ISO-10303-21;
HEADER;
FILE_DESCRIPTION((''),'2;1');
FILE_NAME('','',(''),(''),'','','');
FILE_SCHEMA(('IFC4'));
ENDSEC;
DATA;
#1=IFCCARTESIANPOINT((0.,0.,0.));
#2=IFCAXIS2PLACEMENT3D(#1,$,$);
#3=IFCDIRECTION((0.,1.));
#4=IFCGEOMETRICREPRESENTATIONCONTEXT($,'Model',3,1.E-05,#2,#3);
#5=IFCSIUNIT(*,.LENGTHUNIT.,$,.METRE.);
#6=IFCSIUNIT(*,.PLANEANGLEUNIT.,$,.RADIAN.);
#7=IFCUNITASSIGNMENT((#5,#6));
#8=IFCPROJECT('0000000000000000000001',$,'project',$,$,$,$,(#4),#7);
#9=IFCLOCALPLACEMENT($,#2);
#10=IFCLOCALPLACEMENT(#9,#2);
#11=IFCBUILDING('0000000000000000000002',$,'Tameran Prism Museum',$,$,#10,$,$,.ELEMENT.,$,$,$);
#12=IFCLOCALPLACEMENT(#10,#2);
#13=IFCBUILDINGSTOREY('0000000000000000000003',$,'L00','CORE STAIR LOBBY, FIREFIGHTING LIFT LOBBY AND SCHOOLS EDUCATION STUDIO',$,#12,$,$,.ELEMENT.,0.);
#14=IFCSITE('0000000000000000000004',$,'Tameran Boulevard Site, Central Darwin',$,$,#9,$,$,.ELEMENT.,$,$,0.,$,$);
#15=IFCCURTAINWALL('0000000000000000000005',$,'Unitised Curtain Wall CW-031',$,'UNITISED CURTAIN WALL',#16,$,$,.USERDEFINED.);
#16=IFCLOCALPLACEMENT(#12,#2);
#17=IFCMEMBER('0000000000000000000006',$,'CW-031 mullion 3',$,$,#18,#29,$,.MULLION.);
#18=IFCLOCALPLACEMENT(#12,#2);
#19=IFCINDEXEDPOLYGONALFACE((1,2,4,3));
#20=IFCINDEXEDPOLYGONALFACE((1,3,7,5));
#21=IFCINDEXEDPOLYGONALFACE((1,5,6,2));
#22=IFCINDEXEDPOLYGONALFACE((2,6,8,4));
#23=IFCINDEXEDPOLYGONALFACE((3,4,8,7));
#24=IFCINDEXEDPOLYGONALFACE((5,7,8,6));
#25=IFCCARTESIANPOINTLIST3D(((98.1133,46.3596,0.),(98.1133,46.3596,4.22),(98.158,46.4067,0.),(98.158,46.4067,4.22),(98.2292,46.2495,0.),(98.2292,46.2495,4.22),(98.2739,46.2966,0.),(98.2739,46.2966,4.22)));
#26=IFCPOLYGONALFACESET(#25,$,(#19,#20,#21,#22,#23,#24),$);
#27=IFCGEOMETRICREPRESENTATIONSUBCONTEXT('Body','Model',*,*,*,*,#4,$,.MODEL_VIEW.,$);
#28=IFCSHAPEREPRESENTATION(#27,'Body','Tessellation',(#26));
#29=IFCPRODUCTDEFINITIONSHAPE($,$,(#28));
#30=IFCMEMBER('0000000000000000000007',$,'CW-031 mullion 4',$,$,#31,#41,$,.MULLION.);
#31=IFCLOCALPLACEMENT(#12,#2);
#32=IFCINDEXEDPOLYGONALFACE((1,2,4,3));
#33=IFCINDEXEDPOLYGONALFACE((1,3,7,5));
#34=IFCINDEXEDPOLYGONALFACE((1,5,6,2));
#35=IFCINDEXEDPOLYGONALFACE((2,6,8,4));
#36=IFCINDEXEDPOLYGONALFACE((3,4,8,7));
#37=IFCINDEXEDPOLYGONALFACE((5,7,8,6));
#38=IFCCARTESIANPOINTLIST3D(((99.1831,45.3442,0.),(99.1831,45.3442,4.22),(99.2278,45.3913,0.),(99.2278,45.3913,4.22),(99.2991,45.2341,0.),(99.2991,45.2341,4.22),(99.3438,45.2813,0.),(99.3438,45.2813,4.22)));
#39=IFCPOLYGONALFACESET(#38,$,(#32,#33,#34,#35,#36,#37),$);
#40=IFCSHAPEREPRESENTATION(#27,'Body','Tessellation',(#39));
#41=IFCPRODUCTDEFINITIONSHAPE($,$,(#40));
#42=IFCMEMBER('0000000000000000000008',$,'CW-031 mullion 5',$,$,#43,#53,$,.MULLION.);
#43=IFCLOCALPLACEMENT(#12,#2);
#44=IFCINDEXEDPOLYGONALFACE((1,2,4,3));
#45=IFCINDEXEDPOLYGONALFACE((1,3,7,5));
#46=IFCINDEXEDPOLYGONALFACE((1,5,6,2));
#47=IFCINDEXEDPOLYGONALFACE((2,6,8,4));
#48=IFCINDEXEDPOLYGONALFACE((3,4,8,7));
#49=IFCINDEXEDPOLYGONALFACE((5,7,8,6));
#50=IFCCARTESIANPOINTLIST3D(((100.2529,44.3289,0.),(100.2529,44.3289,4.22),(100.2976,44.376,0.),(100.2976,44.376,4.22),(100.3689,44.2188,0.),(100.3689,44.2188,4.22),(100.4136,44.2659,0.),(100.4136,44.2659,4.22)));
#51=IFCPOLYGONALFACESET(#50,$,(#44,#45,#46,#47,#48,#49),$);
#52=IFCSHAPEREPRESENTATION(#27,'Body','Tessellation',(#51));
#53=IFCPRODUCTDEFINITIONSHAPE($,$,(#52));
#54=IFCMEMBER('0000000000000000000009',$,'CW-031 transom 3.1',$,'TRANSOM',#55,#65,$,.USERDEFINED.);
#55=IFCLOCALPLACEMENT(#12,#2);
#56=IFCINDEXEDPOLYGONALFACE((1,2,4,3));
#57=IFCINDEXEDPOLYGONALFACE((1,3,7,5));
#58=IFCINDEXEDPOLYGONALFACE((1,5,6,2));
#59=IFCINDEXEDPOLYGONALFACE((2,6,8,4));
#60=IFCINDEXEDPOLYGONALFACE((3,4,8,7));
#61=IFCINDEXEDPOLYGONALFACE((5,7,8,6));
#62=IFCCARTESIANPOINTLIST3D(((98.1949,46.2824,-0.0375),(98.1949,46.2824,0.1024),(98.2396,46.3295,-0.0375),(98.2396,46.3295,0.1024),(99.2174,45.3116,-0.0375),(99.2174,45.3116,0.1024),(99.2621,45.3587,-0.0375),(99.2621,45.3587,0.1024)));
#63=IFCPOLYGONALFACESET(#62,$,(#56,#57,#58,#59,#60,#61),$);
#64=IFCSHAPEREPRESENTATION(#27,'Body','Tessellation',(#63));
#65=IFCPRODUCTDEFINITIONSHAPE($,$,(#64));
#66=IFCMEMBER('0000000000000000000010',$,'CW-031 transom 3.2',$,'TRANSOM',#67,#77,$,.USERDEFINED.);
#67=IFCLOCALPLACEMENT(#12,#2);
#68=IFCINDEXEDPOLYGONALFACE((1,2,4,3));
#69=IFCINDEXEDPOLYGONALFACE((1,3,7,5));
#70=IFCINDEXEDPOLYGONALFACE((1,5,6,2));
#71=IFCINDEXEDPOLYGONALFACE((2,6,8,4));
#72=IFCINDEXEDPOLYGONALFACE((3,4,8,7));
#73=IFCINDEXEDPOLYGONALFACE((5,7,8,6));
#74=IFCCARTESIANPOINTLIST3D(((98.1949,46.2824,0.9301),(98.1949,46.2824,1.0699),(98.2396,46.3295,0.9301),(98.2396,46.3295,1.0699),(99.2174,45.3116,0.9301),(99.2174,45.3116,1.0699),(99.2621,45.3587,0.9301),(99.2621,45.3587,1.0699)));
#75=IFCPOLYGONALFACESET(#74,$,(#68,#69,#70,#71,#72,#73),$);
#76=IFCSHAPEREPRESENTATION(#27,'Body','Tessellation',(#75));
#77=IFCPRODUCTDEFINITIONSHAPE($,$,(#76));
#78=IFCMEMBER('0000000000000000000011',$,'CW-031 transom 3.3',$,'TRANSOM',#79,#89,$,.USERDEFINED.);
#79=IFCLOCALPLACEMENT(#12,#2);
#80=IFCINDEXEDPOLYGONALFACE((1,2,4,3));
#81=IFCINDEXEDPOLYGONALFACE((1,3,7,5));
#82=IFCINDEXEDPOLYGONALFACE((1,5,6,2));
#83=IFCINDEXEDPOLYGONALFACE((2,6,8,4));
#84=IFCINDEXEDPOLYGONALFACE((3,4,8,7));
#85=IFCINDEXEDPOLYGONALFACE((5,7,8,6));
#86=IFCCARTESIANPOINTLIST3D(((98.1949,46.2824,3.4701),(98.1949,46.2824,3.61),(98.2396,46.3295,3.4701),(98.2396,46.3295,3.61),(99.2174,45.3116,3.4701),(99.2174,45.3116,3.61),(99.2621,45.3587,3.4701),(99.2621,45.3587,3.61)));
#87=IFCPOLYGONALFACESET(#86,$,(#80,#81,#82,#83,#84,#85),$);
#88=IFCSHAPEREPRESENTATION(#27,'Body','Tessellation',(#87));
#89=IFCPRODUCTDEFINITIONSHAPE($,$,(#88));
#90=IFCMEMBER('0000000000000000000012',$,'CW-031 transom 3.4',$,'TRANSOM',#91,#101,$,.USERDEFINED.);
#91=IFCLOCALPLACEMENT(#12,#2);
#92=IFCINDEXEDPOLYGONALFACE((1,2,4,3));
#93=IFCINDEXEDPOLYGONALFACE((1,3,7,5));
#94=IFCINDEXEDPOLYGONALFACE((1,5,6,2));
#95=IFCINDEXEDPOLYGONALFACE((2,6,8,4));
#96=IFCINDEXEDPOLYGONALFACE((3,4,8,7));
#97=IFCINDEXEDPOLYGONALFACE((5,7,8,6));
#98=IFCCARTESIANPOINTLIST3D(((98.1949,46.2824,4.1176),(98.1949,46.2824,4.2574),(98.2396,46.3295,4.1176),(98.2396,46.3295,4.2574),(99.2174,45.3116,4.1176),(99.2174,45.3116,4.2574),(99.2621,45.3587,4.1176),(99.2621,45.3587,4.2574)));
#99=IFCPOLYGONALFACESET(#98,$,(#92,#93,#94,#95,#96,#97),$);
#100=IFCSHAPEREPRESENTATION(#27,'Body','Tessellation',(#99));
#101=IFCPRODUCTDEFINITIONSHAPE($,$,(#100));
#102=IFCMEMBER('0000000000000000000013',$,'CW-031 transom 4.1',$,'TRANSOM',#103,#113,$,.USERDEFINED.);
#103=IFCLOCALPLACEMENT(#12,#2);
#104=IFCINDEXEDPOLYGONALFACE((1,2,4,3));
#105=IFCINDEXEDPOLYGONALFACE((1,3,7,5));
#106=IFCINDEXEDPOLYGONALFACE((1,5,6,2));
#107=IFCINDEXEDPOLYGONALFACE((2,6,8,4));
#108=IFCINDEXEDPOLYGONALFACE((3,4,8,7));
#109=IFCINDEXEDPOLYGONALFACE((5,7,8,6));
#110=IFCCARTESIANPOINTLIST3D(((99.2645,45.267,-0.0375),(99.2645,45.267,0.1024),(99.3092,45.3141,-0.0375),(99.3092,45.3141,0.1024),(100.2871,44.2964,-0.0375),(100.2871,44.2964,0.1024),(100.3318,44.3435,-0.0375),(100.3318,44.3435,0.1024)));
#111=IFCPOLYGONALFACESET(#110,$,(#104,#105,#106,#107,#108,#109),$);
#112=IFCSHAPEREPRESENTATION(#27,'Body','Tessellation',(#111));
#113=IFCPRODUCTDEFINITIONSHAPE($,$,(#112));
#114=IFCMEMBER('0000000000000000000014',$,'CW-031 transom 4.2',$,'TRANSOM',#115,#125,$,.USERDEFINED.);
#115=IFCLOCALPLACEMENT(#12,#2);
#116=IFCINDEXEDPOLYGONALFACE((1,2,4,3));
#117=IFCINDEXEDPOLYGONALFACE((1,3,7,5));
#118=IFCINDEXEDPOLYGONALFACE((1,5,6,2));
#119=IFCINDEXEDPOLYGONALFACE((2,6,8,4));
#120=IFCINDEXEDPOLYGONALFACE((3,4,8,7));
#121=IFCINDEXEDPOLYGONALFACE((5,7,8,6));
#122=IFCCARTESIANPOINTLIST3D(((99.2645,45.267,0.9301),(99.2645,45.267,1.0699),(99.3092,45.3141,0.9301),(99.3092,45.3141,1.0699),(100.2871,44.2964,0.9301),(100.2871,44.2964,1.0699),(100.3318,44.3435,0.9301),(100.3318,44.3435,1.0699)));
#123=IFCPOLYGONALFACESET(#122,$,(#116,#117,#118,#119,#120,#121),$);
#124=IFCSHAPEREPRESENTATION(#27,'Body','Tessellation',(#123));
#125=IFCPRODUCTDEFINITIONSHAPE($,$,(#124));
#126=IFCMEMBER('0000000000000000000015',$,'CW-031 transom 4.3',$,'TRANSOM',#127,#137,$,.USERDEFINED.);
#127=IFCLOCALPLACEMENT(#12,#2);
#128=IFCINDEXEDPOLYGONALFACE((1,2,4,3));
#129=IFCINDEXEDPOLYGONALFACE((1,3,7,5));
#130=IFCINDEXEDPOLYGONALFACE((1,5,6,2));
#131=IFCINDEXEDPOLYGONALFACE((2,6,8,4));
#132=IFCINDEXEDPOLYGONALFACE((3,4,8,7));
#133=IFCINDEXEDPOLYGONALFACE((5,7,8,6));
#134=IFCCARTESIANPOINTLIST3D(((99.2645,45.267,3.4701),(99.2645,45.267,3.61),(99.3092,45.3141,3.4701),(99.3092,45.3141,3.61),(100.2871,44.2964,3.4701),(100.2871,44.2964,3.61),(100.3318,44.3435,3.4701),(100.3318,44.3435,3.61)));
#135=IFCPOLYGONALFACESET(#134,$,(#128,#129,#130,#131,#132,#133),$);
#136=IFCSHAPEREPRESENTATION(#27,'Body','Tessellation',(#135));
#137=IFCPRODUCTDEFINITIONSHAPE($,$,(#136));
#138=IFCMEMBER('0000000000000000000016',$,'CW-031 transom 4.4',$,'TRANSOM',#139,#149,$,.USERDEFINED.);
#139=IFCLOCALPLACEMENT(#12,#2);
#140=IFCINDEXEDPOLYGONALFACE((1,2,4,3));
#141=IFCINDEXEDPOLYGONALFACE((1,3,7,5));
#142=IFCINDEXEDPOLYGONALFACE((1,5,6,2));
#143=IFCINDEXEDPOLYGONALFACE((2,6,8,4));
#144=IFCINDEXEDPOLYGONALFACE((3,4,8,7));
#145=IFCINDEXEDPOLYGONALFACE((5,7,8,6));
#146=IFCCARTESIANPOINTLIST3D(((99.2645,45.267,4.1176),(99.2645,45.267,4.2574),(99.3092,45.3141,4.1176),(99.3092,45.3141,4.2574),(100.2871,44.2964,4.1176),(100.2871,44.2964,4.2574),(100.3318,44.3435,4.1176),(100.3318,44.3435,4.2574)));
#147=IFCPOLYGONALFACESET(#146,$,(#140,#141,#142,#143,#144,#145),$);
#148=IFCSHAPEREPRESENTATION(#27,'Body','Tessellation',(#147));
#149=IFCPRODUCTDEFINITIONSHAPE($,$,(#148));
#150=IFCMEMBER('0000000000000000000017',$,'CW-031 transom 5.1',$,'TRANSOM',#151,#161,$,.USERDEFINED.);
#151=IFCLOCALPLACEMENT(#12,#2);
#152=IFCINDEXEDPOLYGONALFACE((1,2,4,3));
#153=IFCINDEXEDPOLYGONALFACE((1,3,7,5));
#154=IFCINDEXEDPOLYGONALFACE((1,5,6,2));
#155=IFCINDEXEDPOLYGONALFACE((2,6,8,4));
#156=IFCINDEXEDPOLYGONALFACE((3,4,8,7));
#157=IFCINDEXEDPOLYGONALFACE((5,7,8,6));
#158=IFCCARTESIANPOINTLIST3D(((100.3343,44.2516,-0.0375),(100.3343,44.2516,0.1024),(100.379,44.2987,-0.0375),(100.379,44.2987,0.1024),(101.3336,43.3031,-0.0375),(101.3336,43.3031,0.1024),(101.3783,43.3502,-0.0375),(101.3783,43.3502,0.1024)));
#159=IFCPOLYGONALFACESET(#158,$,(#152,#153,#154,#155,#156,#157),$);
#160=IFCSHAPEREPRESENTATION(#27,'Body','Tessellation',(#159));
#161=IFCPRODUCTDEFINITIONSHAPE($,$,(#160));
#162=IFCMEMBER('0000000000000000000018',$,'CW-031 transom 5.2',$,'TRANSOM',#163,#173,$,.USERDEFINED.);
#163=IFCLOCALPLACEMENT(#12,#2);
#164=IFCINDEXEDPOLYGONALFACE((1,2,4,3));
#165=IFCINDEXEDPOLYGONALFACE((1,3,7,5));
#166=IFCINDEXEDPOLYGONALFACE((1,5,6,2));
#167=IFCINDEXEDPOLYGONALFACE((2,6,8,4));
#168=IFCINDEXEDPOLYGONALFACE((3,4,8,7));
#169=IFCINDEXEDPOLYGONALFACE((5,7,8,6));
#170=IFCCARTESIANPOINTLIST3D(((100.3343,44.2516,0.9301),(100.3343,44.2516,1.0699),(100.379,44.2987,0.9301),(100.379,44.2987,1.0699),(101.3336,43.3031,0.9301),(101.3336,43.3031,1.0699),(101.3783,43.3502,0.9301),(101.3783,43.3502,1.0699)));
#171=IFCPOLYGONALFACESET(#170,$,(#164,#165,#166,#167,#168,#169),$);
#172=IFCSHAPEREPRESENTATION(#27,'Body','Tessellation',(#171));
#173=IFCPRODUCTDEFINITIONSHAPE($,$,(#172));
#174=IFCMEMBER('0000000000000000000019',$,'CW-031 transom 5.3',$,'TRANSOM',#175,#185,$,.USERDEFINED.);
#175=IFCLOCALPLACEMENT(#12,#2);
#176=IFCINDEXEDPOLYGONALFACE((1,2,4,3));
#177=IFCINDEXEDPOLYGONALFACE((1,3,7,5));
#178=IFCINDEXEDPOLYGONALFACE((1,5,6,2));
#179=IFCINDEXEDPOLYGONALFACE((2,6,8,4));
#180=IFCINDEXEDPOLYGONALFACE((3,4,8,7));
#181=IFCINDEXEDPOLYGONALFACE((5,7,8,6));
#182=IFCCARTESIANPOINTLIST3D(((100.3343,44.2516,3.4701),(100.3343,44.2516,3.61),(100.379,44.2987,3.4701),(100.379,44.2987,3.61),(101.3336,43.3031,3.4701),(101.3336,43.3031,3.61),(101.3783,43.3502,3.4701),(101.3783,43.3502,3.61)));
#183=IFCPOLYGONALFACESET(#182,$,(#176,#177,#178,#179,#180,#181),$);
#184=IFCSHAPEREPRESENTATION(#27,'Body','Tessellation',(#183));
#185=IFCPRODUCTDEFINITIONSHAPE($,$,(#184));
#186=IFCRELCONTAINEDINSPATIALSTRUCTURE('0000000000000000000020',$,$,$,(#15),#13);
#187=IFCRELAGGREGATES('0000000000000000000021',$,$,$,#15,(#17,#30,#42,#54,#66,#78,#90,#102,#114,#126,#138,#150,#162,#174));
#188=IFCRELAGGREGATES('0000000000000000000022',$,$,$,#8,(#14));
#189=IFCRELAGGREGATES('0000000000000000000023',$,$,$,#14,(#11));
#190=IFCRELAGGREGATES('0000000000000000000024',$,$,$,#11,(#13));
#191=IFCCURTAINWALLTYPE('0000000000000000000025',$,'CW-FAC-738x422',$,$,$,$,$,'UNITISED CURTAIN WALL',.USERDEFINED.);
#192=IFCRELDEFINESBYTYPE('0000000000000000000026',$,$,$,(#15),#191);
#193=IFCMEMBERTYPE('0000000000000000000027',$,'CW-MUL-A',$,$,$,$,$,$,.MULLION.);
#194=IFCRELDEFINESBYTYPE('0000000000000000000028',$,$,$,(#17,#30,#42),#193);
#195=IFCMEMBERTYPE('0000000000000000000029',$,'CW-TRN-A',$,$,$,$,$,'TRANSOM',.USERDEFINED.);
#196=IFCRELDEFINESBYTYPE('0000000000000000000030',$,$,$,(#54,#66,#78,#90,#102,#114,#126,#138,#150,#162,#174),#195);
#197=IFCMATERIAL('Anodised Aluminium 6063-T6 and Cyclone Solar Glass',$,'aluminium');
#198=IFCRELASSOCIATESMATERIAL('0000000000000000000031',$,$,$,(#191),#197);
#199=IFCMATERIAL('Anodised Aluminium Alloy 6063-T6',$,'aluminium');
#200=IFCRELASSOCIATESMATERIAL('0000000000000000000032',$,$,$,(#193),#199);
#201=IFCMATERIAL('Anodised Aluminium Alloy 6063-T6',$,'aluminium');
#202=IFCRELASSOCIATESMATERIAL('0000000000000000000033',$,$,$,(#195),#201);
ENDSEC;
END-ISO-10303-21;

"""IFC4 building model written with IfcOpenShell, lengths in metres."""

from ifc_helpers import new_model, si_unit, direction, frame, origin, origin_2d, place, context, subcontext, project, spatial, rectangle, extrude, material, material_profile, profile_set, type_object, element, aggregate, save


model = new_model("IFC4")

# Units and contexts
model_context = context("Model", 3, precision=1e-05, world=origin(), true_north=direction((0.0, 1.0)))
body_context = subcontext(model_context, "Body", "Model", "MODEL_VIEW")
ifc_project = project(units=[si_unit("LENGTHUNIT", "METRE"), si_unit("PLANEANGLEUNIT", "RADIAN")], contexts=[model_context])

# Site, building, storey
site_placement = place(None, origin())
site = spatial("IfcSite", under=ifc_project, at=site_placement, Name="Tameran Boulevard Site, Central Darwin", CompositionType="ELEMENT", RefElevation=0.0)
building_placement = place(site_placement, origin())
building = spatial("IfcBuilding", under=site, at=building_placement, Name="Tameran Prism Museum", CompositionType="ELEMENT")
storey_placement = place(building_placement, origin())
storey = spatial("IfcBuildingStorey", under=building, at=storey_placement, Name="L00", Description="CORE STAIR LOBBY, FIREFIGHTING LIFT LOBBY AND SCHOOLS EDUCATION STUDIO", CompositionType="ELEMENT", Elevation=0.0)

# Curtain wall, members
ifc_material_1 = material(Name="Anodised Aluminium 6063-T6 and Cyclone Solar Glass", Category="aluminium")
curtain_wall_type = type_object("IfcCurtainWallType", Name="CW-FAC-738x422", ElementType="UNITISED CURTAIN WALL", PredefinedType="USERDEFINED", material=ifc_material_1)
curtain_wall_placement = place(storey_placement, origin())
curtain_wall = element("IfcCurtainWall", 1, at=curtain_wall_placement, inside=storey, type_object=curtain_wall_type, Name="Unitised Curtain Wall CW-031", ObjectType="UNITISED CURTAIN WALL", PredefinedType="USERDEFINED")
ifc_material_2 = material(Name="Anodised Aluminium Alloy 6063-T6", Category="aluminium")
ifc_material_profile_1 = material_profile(ifc_material_2, rectangle(XDim=0.0649, YDim=0.1599, at=origin_2d()))
ifc_profile_set_1 = profile_set([ifc_material_profile_1])
member_type_1 = type_object("IfcMemberType", Name="CW-MUL-A", PredefinedType="MULLION", material=ifc_profile_set_1)
member_1_placement = place(storey_placement, frame((98.1936, 46.3281, 0.0), z_axis=(0.0, 0.0, 1.0), x_axis=(0.688425, 0.725307, 0.0)))
member_1 = element("IfcMember", 2, at=member_1_placement, type_object=member_type_1, Name="CW-031 mullion 3", PredefinedType="MULLION", context=body_context, shape_type="SweptSolid", body=[
    extrude(rectangle(XDim=0.0649, YDim=0.1599, at=origin_2d()), origin(), (0.0, 0.0, 1.0), 4.22),
])
member_2_placement = place(storey_placement, frame((99.2634, 45.3127, 0.0), z_axis=(0.0, 0.0, 1.0), x_axis=(0.688425, 0.725307, 0.0)))
member_2 = element("IfcMember", 3, at=member_2_placement, type_object=member_type_1, Name="CW-031 mullion 4", PredefinedType="MULLION", context=body_context, shape_type="SweptSolid", body=[
    extrude(rectangle(XDim=0.0649, YDim=0.1599, at=origin_2d()), origin(), (0.0, 0.0, 1.0), 4.22),
])
member_3_placement = place(storey_placement, frame((100.3333, 44.2974, 0.0), z_axis=(0.0, 0.0, 1.0), x_axis=(0.688425, 0.725307, 0.0)))
member_3 = element("IfcMember", 4, at=member_3_placement, type_object=member_type_1, Name="CW-031 mullion 5", PredefinedType="MULLION", context=body_context, shape_type="SweptSolid", body=[
    extrude(rectangle(XDim=0.0649, YDim=0.1599, at=origin_2d()), origin(), (0.0, 0.0, 1.0), 4.22),
])
ifc_material_3 = material(Name="Anodised Aluminium Alloy 6063-T6", Category="aluminium")
ifc_material_profile_2 = material_profile(ifc_material_3, rectangle(XDim=0.0649, YDim=0.1399, at=origin_2d()))
ifc_profile_set_2 = profile_set([ifc_material_profile_2])
member_type_2 = type_object("IfcMemberType", Name="CW-TRN-A", ElementType="TRANSOM", PredefinedType="USERDEFINED", material=ifc_profile_set_2)
member_4_placement = place(storey_placement, frame((98.2173, 46.3059, 0.0325), z_axis=(0.725224, -0.688513, 0.0), x_axis=(0.688513, 0.725224, 0.0)))
member_4 = element("IfcMember", 5, at=member_4_placement, type_object=member_type_2, Name="CW-031 transom 3.1", ObjectType="TRANSOM", PredefinedType="USERDEFINED", context=body_context, shape_type="SweptSolid", body=[
    extrude(rectangle(XDim=0.0649, YDim=0.1399, at=origin_2d()), origin(), (0.0, 0.0, 1.0), 1.4099),
])
member_5_placement = place(storey_placement, frame((98.2173, 46.3059, 1.0), z_axis=(0.725224, -0.688513, 0.0), x_axis=(0.688513, 0.725224, 0.0)))
member_5 = element("IfcMember", 6, at=member_5_placement, type_object=member_type_2, Name="CW-031 transom 3.2", ObjectType="TRANSOM", PredefinedType="USERDEFINED", context=body_context, shape_type="SweptSolid", body=[
    extrude(rectangle(XDim=0.0649, YDim=0.1399, at=origin_2d()), origin(), (0.0, 0.0, 1.0), 1.4099),
])
member_6_placement = place(storey_placement, frame((98.2173, 46.3059, 3.54), z_axis=(0.725224, -0.688513, 0.0), x_axis=(0.688513, 0.725224, 0.0)))
member_6 = element("IfcMember", 7, at=member_6_placement, type_object=member_type_2, Name="CW-031 transom 3.3", ObjectType="TRANSOM", PredefinedType="USERDEFINED", context=body_context, shape_type="SweptSolid", body=[
    extrude(rectangle(XDim=0.0649, YDim=0.1399, at=origin_2d()), origin(), (0.0, 0.0, 1.0), 1.4099),
])
member_7_placement = place(storey_placement, frame((98.2173, 46.3059, 4.1875), z_axis=(0.725224, -0.688513, 0.0), x_axis=(0.688513, 0.725224, 0.0)))
member_7 = element("IfcMember", 8, at=member_7_placement, type_object=member_type_2, Name="CW-031 transom 3.4", ObjectType="TRANSOM", PredefinedType="USERDEFINED", context=body_context, shape_type="SweptSolid", body=[
    extrude(rectangle(XDim=0.0649, YDim=0.1399, at=origin_2d()), origin(), (0.0, 0.0, 1.0), 1.4099),
])
member_8_placement = place(storey_placement, frame((99.2869, 45.2905, 0.0325), z_axis=(0.725306, -0.688426, 0.0), x_axis=(0.688426, 0.725306, 0.0)))
member_8 = element("IfcMember", 9, at=member_8_placement, type_object=member_type_2, Name="CW-031 transom 4.1", ObjectType="TRANSOM", PredefinedType="USERDEFINED", context=body_context, shape_type="SweptSolid", body=[
    extrude(rectangle(XDim=0.0649, YDim=0.1399, at=origin_2d()), origin(), (0.0, 0.0, 1.0), 1.4099),
])
member_9_placement = place(storey_placement, frame((99.2869, 45.2905, 1.0), z_axis=(0.725306, -0.688426, 0.0), x_axis=(0.688426, 0.725306, 0.0)))
member_9 = element("IfcMember", 10, at=member_9_placement, type_object=member_type_2, Name="CW-031 transom 4.2", ObjectType="TRANSOM", PredefinedType="USERDEFINED", context=body_context, shape_type="SweptSolid", body=[
    extrude(rectangle(XDim=0.0649, YDim=0.1399, at=origin_2d()), origin(), (0.0, 0.0, 1.0), 1.4099),
])
member_10_placement = place(storey_placement, frame((99.2869, 45.2905, 3.54), z_axis=(0.725306, -0.688426, 0.0), x_axis=(0.688426, 0.725306, 0.0)))
member_10 = element("IfcMember", 11, at=member_10_placement, type_object=member_type_2, Name="CW-031 transom 4.3", ObjectType="TRANSOM", PredefinedType="USERDEFINED", context=body_context, shape_type="SweptSolid", body=[
    extrude(rectangle(XDim=0.0649, YDim=0.1399, at=origin_2d()), origin(), (0.0, 0.0, 1.0), 1.4099),
])
member_11_placement = place(storey_placement, frame((99.2869, 45.2905, 4.1875), z_axis=(0.725306, -0.688426, 0.0), x_axis=(0.688426, 0.725306, 0.0)))
member_11 = element("IfcMember", 12, at=member_11_placement, type_object=member_type_2, Name="CW-031 transom 4.4", ObjectType="TRANSOM", PredefinedType="USERDEFINED", context=body_context, shape_type="SweptSolid", body=[
    extrude(rectangle(XDim=0.0649, YDim=0.1399, at=origin_2d()), origin(), (0.0, 0.0, 1.0), 1.4099),
])
member_12_placement = place(storey_placement, frame((100.3567, 44.2751, 0.0325), z_axis=(0.725296, -0.688437, 0.0), x_axis=(0.688437, 0.725296, 0.0)))
member_12 = element("IfcMember", 13, at=member_12_placement, type_object=member_type_2, Name="CW-031 transom 5.1", ObjectType="TRANSOM", PredefinedType="USERDEFINED", context=body_context, shape_type="SweptSolid", body=[
    extrude(rectangle(XDim=0.0649, YDim=0.1399, at=origin_2d()), origin(), (0.0, 0.0, 1.0), 1.3777),
])
member_13_placement = place(storey_placement, frame((100.3567, 44.2751, 1.0), z_axis=(0.725296, -0.688437, 0.0), x_axis=(0.688437, 0.725296, 0.0)))
member_13 = element("IfcMember", 14, at=member_13_placement, type_object=member_type_2, Name="CW-031 transom 5.2", ObjectType="TRANSOM", PredefinedType="USERDEFINED", context=body_context, shape_type="SweptSolid", body=[
    extrude(rectangle(XDim=0.0649, YDim=0.1399, at=origin_2d()), origin(), (0.0, 0.0, 1.0), 1.3777),
])
member_14_placement = place(storey_placement, frame((100.3567, 44.2751, 3.54), z_axis=(0.725296, -0.688437, 0.0), x_axis=(0.688437, 0.725296, 0.0)))
member_14 = element("IfcMember", 15, at=member_14_placement, type_object=member_type_2, Name="CW-031 transom 5.3", ObjectType="TRANSOM", PredefinedType="USERDEFINED", context=body_context, shape_type="SweptSolid", body=[
    extrude(rectangle(XDim=0.0649, YDim=0.1399, at=origin_2d()), origin(), (0.0, 0.0, 1.0), 1.3777),
])
aggregate(curtain_wall, [member_1, member_2, member_3, member_4, member_5, member_6, member_7, member_8, member_9, member_10, member_11, member_12, member_13, member_14])

save(model, "model.ifc")
